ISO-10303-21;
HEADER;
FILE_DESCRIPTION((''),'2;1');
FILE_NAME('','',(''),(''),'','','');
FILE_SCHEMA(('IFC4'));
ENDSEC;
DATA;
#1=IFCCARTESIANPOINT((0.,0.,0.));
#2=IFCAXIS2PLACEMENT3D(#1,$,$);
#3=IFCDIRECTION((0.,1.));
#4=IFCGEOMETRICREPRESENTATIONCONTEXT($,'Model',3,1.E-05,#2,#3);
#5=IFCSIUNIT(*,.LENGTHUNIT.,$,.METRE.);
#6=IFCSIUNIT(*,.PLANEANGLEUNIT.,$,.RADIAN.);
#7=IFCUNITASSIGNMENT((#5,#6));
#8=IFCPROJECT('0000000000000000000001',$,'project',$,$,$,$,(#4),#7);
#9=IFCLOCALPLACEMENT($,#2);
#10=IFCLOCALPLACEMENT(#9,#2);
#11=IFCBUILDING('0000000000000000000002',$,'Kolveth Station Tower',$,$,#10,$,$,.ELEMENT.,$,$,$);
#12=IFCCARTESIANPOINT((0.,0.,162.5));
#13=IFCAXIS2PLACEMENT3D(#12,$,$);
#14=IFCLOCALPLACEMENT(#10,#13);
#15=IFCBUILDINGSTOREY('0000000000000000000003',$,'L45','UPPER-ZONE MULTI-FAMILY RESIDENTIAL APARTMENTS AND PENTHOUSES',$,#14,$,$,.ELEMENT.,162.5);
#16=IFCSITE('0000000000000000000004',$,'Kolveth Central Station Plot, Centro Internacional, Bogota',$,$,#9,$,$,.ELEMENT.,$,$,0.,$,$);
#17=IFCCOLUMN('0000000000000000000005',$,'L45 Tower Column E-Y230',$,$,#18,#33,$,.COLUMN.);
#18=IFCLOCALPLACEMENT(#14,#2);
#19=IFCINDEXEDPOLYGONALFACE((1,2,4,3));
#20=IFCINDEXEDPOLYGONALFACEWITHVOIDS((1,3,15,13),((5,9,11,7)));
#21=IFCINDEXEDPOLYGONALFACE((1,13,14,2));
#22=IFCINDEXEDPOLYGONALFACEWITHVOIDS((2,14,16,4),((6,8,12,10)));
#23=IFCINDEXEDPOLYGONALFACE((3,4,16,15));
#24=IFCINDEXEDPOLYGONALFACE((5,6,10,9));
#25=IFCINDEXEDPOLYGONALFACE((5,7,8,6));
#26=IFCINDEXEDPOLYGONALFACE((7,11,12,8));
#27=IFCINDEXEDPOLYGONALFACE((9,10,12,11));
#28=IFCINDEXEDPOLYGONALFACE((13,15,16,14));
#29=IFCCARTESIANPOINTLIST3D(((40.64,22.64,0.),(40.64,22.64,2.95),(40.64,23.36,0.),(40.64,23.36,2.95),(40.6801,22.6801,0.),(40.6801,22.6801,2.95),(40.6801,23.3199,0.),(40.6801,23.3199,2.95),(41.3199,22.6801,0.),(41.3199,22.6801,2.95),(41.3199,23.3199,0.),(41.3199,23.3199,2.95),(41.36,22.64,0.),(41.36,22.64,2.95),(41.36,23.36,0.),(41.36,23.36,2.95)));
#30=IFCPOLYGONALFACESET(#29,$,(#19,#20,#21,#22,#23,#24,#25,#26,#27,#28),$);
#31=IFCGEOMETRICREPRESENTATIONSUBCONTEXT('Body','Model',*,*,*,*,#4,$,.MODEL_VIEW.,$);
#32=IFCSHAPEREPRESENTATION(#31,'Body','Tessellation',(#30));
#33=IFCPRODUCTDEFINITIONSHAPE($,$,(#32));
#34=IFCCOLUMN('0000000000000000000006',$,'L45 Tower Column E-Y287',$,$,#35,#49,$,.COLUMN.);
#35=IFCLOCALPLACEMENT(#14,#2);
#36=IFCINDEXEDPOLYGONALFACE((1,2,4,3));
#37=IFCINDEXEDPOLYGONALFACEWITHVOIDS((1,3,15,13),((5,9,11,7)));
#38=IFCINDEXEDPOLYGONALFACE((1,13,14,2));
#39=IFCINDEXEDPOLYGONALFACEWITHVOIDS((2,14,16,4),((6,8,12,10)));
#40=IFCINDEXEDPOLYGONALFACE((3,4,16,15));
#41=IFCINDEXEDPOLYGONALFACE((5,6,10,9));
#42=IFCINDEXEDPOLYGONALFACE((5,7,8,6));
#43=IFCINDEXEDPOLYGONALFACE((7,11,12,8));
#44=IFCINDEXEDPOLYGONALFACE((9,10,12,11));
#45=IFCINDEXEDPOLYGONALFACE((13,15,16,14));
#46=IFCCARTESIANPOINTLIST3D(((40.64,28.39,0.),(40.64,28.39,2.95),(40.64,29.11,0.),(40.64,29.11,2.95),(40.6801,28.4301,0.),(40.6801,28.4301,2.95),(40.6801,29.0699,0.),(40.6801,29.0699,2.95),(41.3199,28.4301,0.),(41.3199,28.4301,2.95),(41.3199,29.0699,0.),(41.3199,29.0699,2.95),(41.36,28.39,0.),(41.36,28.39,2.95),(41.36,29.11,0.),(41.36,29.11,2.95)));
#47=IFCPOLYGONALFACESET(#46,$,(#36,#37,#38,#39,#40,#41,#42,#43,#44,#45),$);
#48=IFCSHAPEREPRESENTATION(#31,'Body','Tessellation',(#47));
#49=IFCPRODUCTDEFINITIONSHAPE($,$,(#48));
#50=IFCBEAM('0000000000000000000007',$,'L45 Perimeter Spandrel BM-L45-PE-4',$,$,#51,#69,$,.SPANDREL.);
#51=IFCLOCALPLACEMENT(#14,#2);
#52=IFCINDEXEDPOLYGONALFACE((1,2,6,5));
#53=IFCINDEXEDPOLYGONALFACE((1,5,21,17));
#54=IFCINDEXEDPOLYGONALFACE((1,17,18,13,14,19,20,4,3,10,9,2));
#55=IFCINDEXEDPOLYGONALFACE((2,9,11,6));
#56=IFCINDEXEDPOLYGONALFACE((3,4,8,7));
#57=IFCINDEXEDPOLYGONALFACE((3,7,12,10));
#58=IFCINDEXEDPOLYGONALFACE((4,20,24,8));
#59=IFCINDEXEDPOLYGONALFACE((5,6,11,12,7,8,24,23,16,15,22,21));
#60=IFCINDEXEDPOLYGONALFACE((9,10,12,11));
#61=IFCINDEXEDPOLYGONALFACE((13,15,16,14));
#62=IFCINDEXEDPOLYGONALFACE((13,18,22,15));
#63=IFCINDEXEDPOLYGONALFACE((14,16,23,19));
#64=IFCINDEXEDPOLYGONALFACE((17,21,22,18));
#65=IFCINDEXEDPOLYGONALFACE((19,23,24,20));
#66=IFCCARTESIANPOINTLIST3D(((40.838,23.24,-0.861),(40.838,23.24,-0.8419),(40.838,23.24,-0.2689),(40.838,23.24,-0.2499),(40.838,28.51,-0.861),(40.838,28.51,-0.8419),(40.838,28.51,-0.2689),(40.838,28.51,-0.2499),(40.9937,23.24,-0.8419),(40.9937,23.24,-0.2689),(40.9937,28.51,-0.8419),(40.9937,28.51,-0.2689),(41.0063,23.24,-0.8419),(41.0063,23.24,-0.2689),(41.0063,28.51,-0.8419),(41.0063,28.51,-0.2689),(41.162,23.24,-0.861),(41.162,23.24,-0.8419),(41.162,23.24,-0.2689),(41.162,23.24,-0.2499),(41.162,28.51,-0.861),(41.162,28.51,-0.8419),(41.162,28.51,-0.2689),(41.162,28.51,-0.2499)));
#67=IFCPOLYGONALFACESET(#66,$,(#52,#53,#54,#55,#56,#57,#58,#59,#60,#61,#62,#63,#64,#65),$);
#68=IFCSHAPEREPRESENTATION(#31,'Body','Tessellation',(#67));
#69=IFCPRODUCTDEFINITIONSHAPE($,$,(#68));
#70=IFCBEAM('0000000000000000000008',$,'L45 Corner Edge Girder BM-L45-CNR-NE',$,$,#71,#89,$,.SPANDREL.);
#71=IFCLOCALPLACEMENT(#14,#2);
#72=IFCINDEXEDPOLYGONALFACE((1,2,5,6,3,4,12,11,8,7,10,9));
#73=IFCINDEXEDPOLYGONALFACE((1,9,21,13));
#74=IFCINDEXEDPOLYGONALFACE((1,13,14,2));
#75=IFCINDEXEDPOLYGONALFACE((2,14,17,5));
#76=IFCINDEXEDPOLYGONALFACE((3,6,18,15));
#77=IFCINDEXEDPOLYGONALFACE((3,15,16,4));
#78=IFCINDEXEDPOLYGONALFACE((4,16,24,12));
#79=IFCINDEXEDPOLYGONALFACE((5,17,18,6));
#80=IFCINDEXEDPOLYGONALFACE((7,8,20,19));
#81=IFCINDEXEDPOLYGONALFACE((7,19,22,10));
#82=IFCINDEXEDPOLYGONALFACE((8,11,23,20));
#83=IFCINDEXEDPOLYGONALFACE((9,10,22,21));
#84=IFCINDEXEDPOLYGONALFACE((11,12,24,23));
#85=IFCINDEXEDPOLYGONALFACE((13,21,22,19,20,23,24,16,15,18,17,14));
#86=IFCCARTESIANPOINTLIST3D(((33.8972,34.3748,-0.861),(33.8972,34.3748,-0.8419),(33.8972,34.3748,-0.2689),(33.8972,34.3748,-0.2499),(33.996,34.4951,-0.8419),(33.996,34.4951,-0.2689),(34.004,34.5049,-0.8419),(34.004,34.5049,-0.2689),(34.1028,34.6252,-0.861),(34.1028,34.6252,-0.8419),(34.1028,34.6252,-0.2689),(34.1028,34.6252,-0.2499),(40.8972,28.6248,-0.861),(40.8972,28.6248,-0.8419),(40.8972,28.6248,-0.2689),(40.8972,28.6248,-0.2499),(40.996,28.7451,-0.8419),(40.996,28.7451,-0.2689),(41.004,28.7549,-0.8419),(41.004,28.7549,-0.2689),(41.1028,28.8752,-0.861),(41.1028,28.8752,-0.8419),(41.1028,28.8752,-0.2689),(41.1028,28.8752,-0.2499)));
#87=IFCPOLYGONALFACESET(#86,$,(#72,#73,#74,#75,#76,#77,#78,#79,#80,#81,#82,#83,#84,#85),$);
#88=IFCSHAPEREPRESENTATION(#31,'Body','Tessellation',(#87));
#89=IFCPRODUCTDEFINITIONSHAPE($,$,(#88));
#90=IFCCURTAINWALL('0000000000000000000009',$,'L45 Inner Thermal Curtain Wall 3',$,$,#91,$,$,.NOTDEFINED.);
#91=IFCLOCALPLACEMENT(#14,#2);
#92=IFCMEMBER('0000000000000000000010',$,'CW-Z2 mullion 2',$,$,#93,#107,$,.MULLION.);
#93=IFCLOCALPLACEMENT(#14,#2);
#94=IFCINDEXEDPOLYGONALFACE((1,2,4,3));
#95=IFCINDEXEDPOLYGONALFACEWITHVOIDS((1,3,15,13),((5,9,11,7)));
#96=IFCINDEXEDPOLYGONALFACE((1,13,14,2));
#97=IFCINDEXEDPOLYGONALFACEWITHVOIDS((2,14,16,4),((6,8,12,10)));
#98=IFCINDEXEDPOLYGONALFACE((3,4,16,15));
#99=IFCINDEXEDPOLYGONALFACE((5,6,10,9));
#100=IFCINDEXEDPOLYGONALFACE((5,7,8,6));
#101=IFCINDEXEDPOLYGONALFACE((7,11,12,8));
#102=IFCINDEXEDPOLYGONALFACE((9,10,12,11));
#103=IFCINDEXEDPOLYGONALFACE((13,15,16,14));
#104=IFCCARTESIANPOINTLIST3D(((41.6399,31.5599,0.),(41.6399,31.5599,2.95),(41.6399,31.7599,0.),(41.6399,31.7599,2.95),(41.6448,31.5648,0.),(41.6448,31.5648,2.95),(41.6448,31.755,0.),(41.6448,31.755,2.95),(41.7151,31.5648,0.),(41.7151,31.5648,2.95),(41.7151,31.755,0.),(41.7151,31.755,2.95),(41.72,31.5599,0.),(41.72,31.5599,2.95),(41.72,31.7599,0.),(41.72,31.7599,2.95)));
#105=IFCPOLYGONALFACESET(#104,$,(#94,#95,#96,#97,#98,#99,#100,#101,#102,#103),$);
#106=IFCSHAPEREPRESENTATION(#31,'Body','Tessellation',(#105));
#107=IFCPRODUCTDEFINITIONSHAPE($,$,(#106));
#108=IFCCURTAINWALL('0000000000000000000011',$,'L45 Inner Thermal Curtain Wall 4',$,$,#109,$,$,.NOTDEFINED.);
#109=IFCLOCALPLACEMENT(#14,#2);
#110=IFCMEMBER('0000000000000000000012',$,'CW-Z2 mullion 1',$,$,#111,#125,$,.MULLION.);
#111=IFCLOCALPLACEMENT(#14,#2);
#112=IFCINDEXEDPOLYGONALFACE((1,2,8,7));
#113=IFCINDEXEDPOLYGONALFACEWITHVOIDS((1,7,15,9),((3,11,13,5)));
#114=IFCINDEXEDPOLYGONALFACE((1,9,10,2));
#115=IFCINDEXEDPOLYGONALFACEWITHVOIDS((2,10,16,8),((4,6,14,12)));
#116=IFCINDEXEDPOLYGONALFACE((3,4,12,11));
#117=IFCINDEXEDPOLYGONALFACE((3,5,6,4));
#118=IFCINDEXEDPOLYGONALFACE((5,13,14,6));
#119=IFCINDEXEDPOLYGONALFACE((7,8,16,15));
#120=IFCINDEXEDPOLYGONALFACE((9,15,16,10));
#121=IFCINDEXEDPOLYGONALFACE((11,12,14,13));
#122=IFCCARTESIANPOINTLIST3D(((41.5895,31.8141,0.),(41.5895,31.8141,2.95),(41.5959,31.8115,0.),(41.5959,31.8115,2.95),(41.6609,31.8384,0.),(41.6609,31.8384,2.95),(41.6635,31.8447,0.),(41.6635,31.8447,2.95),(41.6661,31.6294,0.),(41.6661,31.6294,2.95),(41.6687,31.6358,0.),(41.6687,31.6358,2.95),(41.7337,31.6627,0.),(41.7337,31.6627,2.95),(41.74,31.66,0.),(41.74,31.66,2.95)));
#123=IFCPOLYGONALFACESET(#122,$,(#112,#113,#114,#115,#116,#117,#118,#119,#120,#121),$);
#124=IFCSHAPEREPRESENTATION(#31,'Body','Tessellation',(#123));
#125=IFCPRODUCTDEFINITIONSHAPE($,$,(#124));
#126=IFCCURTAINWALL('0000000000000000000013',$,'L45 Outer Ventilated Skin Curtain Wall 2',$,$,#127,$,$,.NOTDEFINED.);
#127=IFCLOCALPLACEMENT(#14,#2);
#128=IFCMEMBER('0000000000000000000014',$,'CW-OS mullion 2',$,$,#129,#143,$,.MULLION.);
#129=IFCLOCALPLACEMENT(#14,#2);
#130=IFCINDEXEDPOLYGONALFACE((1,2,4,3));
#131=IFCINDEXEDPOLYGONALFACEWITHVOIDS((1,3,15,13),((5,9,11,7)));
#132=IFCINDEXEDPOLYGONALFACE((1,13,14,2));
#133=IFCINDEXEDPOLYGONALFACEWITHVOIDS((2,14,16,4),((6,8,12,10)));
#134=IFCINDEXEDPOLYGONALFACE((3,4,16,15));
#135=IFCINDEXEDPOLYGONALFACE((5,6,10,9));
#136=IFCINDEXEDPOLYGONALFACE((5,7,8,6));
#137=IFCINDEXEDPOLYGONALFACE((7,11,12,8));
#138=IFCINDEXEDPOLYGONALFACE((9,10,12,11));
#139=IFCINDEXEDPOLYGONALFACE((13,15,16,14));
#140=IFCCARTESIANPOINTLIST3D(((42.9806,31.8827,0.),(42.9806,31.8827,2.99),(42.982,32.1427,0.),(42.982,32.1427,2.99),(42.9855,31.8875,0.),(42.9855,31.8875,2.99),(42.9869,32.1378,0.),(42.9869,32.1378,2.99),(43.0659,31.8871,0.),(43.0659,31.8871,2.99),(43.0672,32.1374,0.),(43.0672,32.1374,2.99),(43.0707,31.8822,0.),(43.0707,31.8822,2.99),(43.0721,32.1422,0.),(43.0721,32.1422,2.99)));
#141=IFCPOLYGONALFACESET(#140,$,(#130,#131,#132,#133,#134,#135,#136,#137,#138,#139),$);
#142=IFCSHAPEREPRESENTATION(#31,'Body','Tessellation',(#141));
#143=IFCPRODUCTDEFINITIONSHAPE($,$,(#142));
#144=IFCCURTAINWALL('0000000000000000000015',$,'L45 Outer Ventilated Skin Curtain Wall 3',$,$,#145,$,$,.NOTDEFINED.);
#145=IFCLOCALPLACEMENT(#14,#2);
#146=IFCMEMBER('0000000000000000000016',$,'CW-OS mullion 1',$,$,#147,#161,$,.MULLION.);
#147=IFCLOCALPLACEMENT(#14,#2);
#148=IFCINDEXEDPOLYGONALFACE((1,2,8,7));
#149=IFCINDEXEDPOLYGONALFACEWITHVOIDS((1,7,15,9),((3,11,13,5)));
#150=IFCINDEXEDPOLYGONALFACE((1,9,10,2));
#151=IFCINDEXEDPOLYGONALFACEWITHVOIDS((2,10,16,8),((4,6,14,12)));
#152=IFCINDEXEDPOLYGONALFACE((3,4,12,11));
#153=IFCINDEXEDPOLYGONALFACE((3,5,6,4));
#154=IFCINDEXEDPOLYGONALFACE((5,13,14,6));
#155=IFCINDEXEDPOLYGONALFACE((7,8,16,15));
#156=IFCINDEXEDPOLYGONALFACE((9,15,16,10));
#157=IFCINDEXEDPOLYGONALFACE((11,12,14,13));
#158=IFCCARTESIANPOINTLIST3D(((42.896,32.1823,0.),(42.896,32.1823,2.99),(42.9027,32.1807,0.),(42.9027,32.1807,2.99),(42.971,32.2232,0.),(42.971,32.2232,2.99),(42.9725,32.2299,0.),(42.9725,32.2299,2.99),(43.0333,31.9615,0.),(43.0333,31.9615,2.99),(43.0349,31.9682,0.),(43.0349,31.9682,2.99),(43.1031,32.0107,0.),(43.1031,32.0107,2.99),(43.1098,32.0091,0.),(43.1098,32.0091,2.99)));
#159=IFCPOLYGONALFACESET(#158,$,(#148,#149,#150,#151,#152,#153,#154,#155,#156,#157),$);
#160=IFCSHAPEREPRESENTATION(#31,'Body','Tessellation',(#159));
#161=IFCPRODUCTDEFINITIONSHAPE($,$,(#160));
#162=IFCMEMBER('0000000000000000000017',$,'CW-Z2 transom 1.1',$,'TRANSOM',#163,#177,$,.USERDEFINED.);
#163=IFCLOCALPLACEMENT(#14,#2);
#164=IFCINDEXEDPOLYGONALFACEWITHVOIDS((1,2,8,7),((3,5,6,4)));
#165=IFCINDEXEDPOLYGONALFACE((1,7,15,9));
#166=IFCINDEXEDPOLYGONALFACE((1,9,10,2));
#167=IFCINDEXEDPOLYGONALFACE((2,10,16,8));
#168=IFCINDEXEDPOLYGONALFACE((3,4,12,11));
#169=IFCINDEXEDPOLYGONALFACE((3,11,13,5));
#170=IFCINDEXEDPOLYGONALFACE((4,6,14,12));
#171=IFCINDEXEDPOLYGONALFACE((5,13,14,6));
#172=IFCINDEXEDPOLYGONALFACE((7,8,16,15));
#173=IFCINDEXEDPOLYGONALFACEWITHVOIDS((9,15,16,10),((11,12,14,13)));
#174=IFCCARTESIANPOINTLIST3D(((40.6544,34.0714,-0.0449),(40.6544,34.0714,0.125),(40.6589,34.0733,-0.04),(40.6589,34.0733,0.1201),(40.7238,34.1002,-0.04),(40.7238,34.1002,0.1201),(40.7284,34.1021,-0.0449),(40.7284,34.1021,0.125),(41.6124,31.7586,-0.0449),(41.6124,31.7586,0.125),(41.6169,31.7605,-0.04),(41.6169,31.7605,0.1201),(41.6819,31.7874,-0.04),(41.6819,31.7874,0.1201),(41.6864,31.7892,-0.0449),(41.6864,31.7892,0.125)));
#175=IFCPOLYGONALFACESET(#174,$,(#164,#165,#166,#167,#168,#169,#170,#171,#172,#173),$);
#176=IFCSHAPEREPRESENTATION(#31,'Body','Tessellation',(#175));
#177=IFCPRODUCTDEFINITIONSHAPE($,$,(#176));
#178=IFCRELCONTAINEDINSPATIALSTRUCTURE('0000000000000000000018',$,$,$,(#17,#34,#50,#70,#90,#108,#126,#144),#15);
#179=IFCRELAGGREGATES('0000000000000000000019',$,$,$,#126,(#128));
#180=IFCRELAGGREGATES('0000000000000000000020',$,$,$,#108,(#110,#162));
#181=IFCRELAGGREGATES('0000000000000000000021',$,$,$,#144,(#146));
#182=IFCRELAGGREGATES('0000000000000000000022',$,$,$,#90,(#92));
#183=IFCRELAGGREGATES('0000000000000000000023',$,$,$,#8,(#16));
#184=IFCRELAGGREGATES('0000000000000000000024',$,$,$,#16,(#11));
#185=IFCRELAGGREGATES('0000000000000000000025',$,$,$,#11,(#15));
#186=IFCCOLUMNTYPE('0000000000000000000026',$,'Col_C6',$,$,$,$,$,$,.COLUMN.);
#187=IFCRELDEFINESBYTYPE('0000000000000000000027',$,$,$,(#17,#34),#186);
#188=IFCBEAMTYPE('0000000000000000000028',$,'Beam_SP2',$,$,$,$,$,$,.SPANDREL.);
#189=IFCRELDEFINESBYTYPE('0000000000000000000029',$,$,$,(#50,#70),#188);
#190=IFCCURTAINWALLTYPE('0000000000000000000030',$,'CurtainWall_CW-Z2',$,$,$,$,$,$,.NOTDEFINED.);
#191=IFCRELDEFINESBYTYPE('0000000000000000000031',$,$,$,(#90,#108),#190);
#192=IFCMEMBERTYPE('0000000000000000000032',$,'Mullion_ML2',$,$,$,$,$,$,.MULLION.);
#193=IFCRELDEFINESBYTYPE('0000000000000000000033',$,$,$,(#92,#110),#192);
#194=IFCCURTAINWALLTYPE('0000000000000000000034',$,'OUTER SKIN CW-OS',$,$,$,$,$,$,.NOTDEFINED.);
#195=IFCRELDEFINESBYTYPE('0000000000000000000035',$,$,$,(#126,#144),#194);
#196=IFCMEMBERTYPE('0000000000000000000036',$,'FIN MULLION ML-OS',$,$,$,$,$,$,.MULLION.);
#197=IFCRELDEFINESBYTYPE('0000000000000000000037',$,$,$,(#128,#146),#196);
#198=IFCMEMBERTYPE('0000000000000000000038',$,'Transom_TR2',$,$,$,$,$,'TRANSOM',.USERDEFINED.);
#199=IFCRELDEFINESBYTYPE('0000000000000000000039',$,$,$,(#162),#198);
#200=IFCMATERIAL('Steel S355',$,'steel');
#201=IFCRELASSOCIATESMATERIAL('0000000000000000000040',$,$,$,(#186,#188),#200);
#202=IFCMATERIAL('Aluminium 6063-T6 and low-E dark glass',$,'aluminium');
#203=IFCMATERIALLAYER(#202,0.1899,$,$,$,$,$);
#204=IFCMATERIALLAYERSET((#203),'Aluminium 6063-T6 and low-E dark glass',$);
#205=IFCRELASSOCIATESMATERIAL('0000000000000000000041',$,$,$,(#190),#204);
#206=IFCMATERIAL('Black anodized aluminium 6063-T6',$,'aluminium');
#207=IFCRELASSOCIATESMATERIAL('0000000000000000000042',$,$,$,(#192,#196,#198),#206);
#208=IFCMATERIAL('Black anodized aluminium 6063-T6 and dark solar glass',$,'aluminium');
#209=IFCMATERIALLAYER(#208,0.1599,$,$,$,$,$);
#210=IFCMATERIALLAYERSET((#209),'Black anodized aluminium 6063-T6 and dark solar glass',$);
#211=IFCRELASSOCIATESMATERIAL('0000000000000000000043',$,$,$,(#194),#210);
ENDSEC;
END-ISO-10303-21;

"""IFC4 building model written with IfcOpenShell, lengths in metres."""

from ifc_helpers import new_model, si_unit, direction, frame, origin, origin_2d, place, context, subcontext, project, spatial, hollow_rectangle, i_section, extrude, source, transform, mapped, material, layer, layer_set, material_profile, profile_set, type_object, element, aggregate, save


model = new_model("IFC4")

# Units and contexts
model_context = context("Model", 3, precision=1e-05, world=origin(), true_north=direction((0.0, 1.0)))
body_context = subcontext(model_context, "Body", "Model", "MODEL_VIEW")
ifc_project = project(units=[si_unit("LENGTHUNIT", "METRE"), si_unit("PLANEANGLEUNIT", "RADIAN")], contexts=[model_context])

# Site, building, storey
site_placement = place(None, origin())
site = spatial("IfcSite", under=ifc_project, at=site_placement, Name="Kolveth Central Station Plot, Centro Internacional, Bogota", CompositionType="ELEMENT", RefElevation=0.0)
building_placement = place(site_placement, origin())
building = spatial("IfcBuilding", under=site, at=building_placement, Name="Kolveth Station Tower", CompositionType="ELEMENT")
storey_placement = place(building_placement, frame((0.0, 0.0, 162.5)))
storey = spatial("IfcBuildingStorey", under=building, at=storey_placement, Name="L45", Description="UPPER-ZONE MULTI-FAMILY RESIDENTIAL APARTMENTS AND PENTHOUSES", CompositionType="ELEMENT", Elevation=162.5)

# Columns
ifc_material_1 = material(Name="Steel S355", Category="steel")
ifc_material_profile_1 = material_profile(ifc_material_1, hollow_rectangle(XDim=0.72, YDim=0.72, WallThickness=0.04, at=origin_2d()), Name="BOX720x720x40")
ifc_profile_set_1 = profile_set([ifc_material_profile_1], Name="Steel S355")
column_type = type_object("IfcColumnType", Name="Col_C6", PredefinedType="COLUMN", material=ifc_profile_set_1)
shared_shape_1 = source(origin(), body_context, "Body", "SweptSolid", [
    extrude(hollow_rectangle(XDim=0.72, YDim=0.72, WallThickness=0.04, at=origin_2d()), origin(), (0.0, 0.0, 1.0), 2.95),
])
for number, where, z_axis, x_axis, name in (
    (1, (41.0, 23.0, 0.0), (0.0, 0.0, 1.0), (1.0, 0.0, 0.0), "L45 Tower Column E-Y230"),
    (2, (41.0, 28.75, 0.0), (0.0, 0.0, 1.0), (1.0, 0.0, 0.0), "L45 Tower Column E-Y287"),
):
    element("IfcColumn", number, at=place(storey_placement, frame(where, z_axis=z_axis, x_axis=x_axis)), inside=storey, type_object=column_type, Name=name, PredefinedType="COLUMN", context=body_context, shape_type="MappedRepresentation", body=[
        mapped(shared_shape_1, transform((0.0, 0.0, 0.0), x_axis=(1.0, 0.0, 0.0), y_axis=(0.0, 1.0, 0.0), z_axis=(0.0, 0.0, 1.0), scale=1.0)),
    ])

# Beams
ifc_material_profile_2 = material_profile(ifc_material_1, i_section(OverallWidth=0.324, OverallDepth=0.6111, WebThickness=0.0127, FlangeThickness=0.019, at=origin_2d()), Name="W610x155")
ifc_profile_set_2 = profile_set([ifc_material_profile_2], Name="Steel S355")
beam_type = type_object("IfcBeamType", Name="Beam_SP2", PredefinedType="SPANDREL", material=ifc_profile_set_2)
shared_shape_2 = source(origin(), body_context, "Body", "SweptSolid", [
    extrude(i_section(OverallWidth=0.324, OverallDepth=0.6111, WebThickness=0.0127, FlangeThickness=0.019, at=origin_2d()), origin(), (0.0, 0.0, 1.0), 5.27),
])
beam_1_placement = place(storey_placement, frame((41.0, 23.24, -0.5554), z_axis=(0.0, 1.0, 0.0), x_axis=(-1.0, 0.0, 0.0)))
element("IfcBeam", 3, at=beam_1_placement, inside=storey, type_object=beam_type, Name="L45 Perimeter Spandrel BM-L45-PE-4", PredefinedType="SPANDREL", context=body_context, shape_type="MappedRepresentation", body=[
    mapped(shared_shape_2, transform((0.0, 0.0, 0.0), x_axis=(1.0, 0.0, 0.0), y_axis=(0.0, 1.0, 0.0), z_axis=(0.0, 0.0, 1.0), scale=1.0)),
])
shared_shape_3 = source(origin(), body_context, "Body", "SweptSolid", [
    extrude(i_section(OverallWidth=0.324, OverallDepth=0.6111, WebThickness=0.0127, FlangeThickness=0.019, at=origin_2d()), origin(), (0.0, 0.0, 1.0), 9.0588),
])
beam_2_placement = place(storey_placement, frame((41.0, 28.75, -0.5554), z_axis=(-0.772726, 0.634739, 0.0), x_axis=(-0.634739, -0.772726, 0.0)))
element("IfcBeam", 4, at=beam_2_placement, inside=storey, type_object=beam_type, Name="L45 Corner Edge Girder BM-L45-CNR-NE", PredefinedType="SPANDREL", context=body_context, shape_type="MappedRepresentation", body=[
    mapped(shared_shape_3, transform((0.0, 0.0, 0.0), x_axis=(1.0, 0.0, 0.0), y_axis=(0.0, 1.0, 0.0), z_axis=(0.0, 0.0, 1.0), scale=1.0)),
])

# Curtain walls, members
ifc_material_2 = material(Name="Aluminium 6063-T6 and low-E dark glass", Category="aluminium")
ifc_layer_1 = layer(ifc_material_2, 0.1899)
ifc_layer_set_1 = layer_set([ifc_layer_1], Name="Aluminium 6063-T6 and low-E dark glass")
curtain_wall_type_1 = type_object("IfcCurtainWallType", Name="CurtainWall_CW-Z2", PredefinedType="NOTDEFINED", material=ifc_layer_set_1)
curtain_wall_1_placement = place(storey_placement, origin())
curtain_wall_1 = element("IfcCurtainWall", 5, at=curtain_wall_1_placement, inside=storey, type_object=curtain_wall_type_1, Name="L45 Inner Thermal Curtain Wall 3", PredefinedType="NOTDEFINED")
ifc_material_3 = material(Name="Black anodized aluminium 6063-T6", Category="aluminium")
ifc_material_profile_3 = material_profile(ifc_material_3, hollow_rectangle(XDim=0.0801, YDim=0.2, WallThickness=0.0049, at=origin_2d()), Name="ALU-80x200x5")
ifc_profile_set_3 = profile_set([ifc_material_profile_3], Name="Black anodized aluminium 6063-T6")
member_type_1 = type_object("IfcMemberType", Name="Mullion_ML2", PredefinedType="MULLION", material=ifc_profile_set_3)
shared_shape_4 = source(origin(), body_context, "Body", "SweptSolid", [
    extrude(hollow_rectangle(XDim=0.0801, YDim=0.2, WallThickness=0.0049, at=origin_2d()), origin(), (0.0, 0.0, 1.0), 2.95),
])
member_1_placement = place(storey_placement, frame((41.6799, 31.6599, 0.0), z_axis=(0.0, 0.0, 1.0), x_axis=(-1.0, 0.0, 0.0)))
member_1 = element("IfcMember", 6, at=member_1_placement, type_object=member_type_1, Name="CW-Z2 mullion 2", PredefinedType="MULLION", context=body_context, shape_type="MappedRepresentation", body=[
    mapped(shared_shape_4, transform((0.0, 0.0, 0.0), x_axis=(1.0, 0.0, 0.0), y_axis=(0.0, 1.0, 0.0), z_axis=(0.0, 0.0, 1.0), scale=1.0)),
])
curtain_wall_2_placement = place(storey_placement, origin())
curtain_wall_2 = element("IfcCurtainWall", 7, at=curtain_wall_2_placement, inside=storey, type_object=curtain_wall_type_1, Name="L45 Inner Thermal Curtain Wall 4", PredefinedType="NOTDEFINED")
member_2_placement = place(storey_placement, frame((41.6648, 31.7371, 0.0), z_axis=(0.0, 0.0, 1.0), x_axis=(-0.923874, -0.382698, 0.0)))
member_2 = element("IfcMember", 8, at=member_2_placement, type_object=member_type_1, Name="CW-Z2 mullion 1", PredefinedType="MULLION", context=body_context, shape_type="MappedRepresentation", body=[
    mapped(shared_shape_4, transform((0.0, 0.0, 0.0), x_axis=(1.0, 0.0, 0.0), y_axis=(0.0, 1.0, 0.0), z_axis=(0.0, 0.0, 1.0), scale=1.0)),
])
ifc_material_4 = material(Name="Black anodized aluminium 6063-T6 and dark solar glass", Category="aluminium")
ifc_layer_2 = layer(ifc_material_4, 0.1599)
ifc_layer_set_2 = layer_set([ifc_layer_2], Name="Black anodized aluminium 6063-T6 and dark solar glass")
curtain_wall_type_2 = type_object("IfcCurtainWallType", Name="OUTER SKIN CW-OS", PredefinedType="NOTDEFINED", material=ifc_layer_set_2)
curtain_wall_3_placement = place(storey_placement, origin())
curtain_wall_3 = element("IfcCurtainWall", 9, at=curtain_wall_3_placement, inside=storey, type_object=curtain_wall_type_2, Name="L45 Outer Ventilated Skin Curtain Wall 2", PredefinedType="NOTDEFINED")
ifc_material_profile_4 = material_profile(ifc_material_3, hollow_rectangle(XDim=0.0901, YDim=0.26, WallThickness=0.0049, at=origin_2d()), Name="ALU-90x260x5")
ifc_profile_set_4 = profile_set([ifc_material_profile_4], Name="Black anodized aluminium 6063-T6")
member_type_2 = type_object("IfcMemberType", Name="FIN MULLION ML-OS", PredefinedType="MULLION", material=ifc_profile_set_4)
shared_shape_5 = source(origin(), body_context, "Body", "SweptSolid", [
    extrude(hollow_rectangle(XDim=0.0901, YDim=0.26, WallThickness=0.0049, at=origin_2d()), origin(), (0.0, 0.0, 1.0), 2.99),
])
member_3_placement = place(storey_placement, frame((43.0264, 32.0125, 0.0), z_axis=(0.0, 0.0, 1.0), x_axis=(-0.999985, 0.005388, 0.0)))
member_3 = element("IfcMember", 10, at=member_3_placement, type_object=member_type_2, Name="CW-OS mullion 2", PredefinedType="MULLION", context=body_context, shape_type="MappedRepresentation", body=[
    mapped(shared_shape_5, transform((0.0, 0.0, 0.0), x_axis=(1.0, 0.0, 0.0), y_axis=(0.0, 1.0, 0.0), z_axis=(0.0, 0.0, 1.0), scale=1.0)),
])
aggregate(curtain_wall_3, [member_3])
curtain_wall_4_placement = place(storey_placement, origin())
curtain_wall_4 = element("IfcCurtainWall", 11, at=curtain_wall_4_placement, inside=storey, type_object=curtain_wall_type_2, Name="L45 Outer Ventilated Skin Curtain Wall 3", PredefinedType="NOTDEFINED")
member_4_placement = place(storey_placement, frame((43.0029, 32.0957, 0.0), z_axis=(0.0, 0.0, 1.0), x_axis=(-0.849183, -0.528099, 0.0)))
member_4 = element("IfcMember", 12, at=member_4_placement, type_object=member_type_2, Name="CW-OS mullion 1", PredefinedType="MULLION", context=body_context, shape_type="MappedRepresentation", body=[
    mapped(shared_shape_5, transform((0.0, 0.0, 0.0), x_axis=(1.0, 0.0, 0.0), y_axis=(0.0, 1.0, 0.0), z_axis=(0.0, 0.0, 1.0), scale=1.0)),
])

# Member
ifc_material_profile_5 = material_profile(ifc_material_3, hollow_rectangle(XDim=0.0801, YDim=0.1699, WallThickness=0.0049, at=origin_2d()), Name="ALU-80x170x5")
ifc_profile_set_5 = profile_set([ifc_material_profile_5], Name="Black anodized aluminium 6063-T6")
member_type_3 = type_object("IfcMemberType", Name="Transom_TR2", ElementType="TRANSOM", PredefinedType="USERDEFINED", material=ifc_profile_set_5)
shared_shape_6 = source(origin(), body_context, "Body", "SweptSolid", [
    extrude(hollow_rectangle(XDim=0.0801, YDim=0.1699, WallThickness=0.0049, at=origin_2d()), origin(), (0.0, 0.0, 1.0), 2.5034),
])
member_5_placement = place(storey_placement, frame((41.6494, 31.7739, 0.04), z_axis=(-0.382696, 0.923874, 0.0), x_axis=(-0.923874, -0.382696, 0.0)))
member_5 = element("IfcMember", 13, at=member_5_placement, type_object=member_type_3, Name="CW-Z2 transom 1.1", ObjectType="TRANSOM", PredefinedType="USERDEFINED", context=body_context, shape_type="MappedRepresentation", body=[
    mapped(shared_shape_6, transform((0.0, 0.0, 0.0), x_axis=(1.0, 0.0, 0.0), y_axis=(0.0, 1.0, 0.0), z_axis=(0.0, 0.0, 1.0), scale=1.0)),
])
aggregate(curtain_wall_2, [member_2, member_5])
aggregate(curtain_wall_4, [member_4])

aggregate(curtain_wall_1, [member_1])

save(model, "model.ifc")
